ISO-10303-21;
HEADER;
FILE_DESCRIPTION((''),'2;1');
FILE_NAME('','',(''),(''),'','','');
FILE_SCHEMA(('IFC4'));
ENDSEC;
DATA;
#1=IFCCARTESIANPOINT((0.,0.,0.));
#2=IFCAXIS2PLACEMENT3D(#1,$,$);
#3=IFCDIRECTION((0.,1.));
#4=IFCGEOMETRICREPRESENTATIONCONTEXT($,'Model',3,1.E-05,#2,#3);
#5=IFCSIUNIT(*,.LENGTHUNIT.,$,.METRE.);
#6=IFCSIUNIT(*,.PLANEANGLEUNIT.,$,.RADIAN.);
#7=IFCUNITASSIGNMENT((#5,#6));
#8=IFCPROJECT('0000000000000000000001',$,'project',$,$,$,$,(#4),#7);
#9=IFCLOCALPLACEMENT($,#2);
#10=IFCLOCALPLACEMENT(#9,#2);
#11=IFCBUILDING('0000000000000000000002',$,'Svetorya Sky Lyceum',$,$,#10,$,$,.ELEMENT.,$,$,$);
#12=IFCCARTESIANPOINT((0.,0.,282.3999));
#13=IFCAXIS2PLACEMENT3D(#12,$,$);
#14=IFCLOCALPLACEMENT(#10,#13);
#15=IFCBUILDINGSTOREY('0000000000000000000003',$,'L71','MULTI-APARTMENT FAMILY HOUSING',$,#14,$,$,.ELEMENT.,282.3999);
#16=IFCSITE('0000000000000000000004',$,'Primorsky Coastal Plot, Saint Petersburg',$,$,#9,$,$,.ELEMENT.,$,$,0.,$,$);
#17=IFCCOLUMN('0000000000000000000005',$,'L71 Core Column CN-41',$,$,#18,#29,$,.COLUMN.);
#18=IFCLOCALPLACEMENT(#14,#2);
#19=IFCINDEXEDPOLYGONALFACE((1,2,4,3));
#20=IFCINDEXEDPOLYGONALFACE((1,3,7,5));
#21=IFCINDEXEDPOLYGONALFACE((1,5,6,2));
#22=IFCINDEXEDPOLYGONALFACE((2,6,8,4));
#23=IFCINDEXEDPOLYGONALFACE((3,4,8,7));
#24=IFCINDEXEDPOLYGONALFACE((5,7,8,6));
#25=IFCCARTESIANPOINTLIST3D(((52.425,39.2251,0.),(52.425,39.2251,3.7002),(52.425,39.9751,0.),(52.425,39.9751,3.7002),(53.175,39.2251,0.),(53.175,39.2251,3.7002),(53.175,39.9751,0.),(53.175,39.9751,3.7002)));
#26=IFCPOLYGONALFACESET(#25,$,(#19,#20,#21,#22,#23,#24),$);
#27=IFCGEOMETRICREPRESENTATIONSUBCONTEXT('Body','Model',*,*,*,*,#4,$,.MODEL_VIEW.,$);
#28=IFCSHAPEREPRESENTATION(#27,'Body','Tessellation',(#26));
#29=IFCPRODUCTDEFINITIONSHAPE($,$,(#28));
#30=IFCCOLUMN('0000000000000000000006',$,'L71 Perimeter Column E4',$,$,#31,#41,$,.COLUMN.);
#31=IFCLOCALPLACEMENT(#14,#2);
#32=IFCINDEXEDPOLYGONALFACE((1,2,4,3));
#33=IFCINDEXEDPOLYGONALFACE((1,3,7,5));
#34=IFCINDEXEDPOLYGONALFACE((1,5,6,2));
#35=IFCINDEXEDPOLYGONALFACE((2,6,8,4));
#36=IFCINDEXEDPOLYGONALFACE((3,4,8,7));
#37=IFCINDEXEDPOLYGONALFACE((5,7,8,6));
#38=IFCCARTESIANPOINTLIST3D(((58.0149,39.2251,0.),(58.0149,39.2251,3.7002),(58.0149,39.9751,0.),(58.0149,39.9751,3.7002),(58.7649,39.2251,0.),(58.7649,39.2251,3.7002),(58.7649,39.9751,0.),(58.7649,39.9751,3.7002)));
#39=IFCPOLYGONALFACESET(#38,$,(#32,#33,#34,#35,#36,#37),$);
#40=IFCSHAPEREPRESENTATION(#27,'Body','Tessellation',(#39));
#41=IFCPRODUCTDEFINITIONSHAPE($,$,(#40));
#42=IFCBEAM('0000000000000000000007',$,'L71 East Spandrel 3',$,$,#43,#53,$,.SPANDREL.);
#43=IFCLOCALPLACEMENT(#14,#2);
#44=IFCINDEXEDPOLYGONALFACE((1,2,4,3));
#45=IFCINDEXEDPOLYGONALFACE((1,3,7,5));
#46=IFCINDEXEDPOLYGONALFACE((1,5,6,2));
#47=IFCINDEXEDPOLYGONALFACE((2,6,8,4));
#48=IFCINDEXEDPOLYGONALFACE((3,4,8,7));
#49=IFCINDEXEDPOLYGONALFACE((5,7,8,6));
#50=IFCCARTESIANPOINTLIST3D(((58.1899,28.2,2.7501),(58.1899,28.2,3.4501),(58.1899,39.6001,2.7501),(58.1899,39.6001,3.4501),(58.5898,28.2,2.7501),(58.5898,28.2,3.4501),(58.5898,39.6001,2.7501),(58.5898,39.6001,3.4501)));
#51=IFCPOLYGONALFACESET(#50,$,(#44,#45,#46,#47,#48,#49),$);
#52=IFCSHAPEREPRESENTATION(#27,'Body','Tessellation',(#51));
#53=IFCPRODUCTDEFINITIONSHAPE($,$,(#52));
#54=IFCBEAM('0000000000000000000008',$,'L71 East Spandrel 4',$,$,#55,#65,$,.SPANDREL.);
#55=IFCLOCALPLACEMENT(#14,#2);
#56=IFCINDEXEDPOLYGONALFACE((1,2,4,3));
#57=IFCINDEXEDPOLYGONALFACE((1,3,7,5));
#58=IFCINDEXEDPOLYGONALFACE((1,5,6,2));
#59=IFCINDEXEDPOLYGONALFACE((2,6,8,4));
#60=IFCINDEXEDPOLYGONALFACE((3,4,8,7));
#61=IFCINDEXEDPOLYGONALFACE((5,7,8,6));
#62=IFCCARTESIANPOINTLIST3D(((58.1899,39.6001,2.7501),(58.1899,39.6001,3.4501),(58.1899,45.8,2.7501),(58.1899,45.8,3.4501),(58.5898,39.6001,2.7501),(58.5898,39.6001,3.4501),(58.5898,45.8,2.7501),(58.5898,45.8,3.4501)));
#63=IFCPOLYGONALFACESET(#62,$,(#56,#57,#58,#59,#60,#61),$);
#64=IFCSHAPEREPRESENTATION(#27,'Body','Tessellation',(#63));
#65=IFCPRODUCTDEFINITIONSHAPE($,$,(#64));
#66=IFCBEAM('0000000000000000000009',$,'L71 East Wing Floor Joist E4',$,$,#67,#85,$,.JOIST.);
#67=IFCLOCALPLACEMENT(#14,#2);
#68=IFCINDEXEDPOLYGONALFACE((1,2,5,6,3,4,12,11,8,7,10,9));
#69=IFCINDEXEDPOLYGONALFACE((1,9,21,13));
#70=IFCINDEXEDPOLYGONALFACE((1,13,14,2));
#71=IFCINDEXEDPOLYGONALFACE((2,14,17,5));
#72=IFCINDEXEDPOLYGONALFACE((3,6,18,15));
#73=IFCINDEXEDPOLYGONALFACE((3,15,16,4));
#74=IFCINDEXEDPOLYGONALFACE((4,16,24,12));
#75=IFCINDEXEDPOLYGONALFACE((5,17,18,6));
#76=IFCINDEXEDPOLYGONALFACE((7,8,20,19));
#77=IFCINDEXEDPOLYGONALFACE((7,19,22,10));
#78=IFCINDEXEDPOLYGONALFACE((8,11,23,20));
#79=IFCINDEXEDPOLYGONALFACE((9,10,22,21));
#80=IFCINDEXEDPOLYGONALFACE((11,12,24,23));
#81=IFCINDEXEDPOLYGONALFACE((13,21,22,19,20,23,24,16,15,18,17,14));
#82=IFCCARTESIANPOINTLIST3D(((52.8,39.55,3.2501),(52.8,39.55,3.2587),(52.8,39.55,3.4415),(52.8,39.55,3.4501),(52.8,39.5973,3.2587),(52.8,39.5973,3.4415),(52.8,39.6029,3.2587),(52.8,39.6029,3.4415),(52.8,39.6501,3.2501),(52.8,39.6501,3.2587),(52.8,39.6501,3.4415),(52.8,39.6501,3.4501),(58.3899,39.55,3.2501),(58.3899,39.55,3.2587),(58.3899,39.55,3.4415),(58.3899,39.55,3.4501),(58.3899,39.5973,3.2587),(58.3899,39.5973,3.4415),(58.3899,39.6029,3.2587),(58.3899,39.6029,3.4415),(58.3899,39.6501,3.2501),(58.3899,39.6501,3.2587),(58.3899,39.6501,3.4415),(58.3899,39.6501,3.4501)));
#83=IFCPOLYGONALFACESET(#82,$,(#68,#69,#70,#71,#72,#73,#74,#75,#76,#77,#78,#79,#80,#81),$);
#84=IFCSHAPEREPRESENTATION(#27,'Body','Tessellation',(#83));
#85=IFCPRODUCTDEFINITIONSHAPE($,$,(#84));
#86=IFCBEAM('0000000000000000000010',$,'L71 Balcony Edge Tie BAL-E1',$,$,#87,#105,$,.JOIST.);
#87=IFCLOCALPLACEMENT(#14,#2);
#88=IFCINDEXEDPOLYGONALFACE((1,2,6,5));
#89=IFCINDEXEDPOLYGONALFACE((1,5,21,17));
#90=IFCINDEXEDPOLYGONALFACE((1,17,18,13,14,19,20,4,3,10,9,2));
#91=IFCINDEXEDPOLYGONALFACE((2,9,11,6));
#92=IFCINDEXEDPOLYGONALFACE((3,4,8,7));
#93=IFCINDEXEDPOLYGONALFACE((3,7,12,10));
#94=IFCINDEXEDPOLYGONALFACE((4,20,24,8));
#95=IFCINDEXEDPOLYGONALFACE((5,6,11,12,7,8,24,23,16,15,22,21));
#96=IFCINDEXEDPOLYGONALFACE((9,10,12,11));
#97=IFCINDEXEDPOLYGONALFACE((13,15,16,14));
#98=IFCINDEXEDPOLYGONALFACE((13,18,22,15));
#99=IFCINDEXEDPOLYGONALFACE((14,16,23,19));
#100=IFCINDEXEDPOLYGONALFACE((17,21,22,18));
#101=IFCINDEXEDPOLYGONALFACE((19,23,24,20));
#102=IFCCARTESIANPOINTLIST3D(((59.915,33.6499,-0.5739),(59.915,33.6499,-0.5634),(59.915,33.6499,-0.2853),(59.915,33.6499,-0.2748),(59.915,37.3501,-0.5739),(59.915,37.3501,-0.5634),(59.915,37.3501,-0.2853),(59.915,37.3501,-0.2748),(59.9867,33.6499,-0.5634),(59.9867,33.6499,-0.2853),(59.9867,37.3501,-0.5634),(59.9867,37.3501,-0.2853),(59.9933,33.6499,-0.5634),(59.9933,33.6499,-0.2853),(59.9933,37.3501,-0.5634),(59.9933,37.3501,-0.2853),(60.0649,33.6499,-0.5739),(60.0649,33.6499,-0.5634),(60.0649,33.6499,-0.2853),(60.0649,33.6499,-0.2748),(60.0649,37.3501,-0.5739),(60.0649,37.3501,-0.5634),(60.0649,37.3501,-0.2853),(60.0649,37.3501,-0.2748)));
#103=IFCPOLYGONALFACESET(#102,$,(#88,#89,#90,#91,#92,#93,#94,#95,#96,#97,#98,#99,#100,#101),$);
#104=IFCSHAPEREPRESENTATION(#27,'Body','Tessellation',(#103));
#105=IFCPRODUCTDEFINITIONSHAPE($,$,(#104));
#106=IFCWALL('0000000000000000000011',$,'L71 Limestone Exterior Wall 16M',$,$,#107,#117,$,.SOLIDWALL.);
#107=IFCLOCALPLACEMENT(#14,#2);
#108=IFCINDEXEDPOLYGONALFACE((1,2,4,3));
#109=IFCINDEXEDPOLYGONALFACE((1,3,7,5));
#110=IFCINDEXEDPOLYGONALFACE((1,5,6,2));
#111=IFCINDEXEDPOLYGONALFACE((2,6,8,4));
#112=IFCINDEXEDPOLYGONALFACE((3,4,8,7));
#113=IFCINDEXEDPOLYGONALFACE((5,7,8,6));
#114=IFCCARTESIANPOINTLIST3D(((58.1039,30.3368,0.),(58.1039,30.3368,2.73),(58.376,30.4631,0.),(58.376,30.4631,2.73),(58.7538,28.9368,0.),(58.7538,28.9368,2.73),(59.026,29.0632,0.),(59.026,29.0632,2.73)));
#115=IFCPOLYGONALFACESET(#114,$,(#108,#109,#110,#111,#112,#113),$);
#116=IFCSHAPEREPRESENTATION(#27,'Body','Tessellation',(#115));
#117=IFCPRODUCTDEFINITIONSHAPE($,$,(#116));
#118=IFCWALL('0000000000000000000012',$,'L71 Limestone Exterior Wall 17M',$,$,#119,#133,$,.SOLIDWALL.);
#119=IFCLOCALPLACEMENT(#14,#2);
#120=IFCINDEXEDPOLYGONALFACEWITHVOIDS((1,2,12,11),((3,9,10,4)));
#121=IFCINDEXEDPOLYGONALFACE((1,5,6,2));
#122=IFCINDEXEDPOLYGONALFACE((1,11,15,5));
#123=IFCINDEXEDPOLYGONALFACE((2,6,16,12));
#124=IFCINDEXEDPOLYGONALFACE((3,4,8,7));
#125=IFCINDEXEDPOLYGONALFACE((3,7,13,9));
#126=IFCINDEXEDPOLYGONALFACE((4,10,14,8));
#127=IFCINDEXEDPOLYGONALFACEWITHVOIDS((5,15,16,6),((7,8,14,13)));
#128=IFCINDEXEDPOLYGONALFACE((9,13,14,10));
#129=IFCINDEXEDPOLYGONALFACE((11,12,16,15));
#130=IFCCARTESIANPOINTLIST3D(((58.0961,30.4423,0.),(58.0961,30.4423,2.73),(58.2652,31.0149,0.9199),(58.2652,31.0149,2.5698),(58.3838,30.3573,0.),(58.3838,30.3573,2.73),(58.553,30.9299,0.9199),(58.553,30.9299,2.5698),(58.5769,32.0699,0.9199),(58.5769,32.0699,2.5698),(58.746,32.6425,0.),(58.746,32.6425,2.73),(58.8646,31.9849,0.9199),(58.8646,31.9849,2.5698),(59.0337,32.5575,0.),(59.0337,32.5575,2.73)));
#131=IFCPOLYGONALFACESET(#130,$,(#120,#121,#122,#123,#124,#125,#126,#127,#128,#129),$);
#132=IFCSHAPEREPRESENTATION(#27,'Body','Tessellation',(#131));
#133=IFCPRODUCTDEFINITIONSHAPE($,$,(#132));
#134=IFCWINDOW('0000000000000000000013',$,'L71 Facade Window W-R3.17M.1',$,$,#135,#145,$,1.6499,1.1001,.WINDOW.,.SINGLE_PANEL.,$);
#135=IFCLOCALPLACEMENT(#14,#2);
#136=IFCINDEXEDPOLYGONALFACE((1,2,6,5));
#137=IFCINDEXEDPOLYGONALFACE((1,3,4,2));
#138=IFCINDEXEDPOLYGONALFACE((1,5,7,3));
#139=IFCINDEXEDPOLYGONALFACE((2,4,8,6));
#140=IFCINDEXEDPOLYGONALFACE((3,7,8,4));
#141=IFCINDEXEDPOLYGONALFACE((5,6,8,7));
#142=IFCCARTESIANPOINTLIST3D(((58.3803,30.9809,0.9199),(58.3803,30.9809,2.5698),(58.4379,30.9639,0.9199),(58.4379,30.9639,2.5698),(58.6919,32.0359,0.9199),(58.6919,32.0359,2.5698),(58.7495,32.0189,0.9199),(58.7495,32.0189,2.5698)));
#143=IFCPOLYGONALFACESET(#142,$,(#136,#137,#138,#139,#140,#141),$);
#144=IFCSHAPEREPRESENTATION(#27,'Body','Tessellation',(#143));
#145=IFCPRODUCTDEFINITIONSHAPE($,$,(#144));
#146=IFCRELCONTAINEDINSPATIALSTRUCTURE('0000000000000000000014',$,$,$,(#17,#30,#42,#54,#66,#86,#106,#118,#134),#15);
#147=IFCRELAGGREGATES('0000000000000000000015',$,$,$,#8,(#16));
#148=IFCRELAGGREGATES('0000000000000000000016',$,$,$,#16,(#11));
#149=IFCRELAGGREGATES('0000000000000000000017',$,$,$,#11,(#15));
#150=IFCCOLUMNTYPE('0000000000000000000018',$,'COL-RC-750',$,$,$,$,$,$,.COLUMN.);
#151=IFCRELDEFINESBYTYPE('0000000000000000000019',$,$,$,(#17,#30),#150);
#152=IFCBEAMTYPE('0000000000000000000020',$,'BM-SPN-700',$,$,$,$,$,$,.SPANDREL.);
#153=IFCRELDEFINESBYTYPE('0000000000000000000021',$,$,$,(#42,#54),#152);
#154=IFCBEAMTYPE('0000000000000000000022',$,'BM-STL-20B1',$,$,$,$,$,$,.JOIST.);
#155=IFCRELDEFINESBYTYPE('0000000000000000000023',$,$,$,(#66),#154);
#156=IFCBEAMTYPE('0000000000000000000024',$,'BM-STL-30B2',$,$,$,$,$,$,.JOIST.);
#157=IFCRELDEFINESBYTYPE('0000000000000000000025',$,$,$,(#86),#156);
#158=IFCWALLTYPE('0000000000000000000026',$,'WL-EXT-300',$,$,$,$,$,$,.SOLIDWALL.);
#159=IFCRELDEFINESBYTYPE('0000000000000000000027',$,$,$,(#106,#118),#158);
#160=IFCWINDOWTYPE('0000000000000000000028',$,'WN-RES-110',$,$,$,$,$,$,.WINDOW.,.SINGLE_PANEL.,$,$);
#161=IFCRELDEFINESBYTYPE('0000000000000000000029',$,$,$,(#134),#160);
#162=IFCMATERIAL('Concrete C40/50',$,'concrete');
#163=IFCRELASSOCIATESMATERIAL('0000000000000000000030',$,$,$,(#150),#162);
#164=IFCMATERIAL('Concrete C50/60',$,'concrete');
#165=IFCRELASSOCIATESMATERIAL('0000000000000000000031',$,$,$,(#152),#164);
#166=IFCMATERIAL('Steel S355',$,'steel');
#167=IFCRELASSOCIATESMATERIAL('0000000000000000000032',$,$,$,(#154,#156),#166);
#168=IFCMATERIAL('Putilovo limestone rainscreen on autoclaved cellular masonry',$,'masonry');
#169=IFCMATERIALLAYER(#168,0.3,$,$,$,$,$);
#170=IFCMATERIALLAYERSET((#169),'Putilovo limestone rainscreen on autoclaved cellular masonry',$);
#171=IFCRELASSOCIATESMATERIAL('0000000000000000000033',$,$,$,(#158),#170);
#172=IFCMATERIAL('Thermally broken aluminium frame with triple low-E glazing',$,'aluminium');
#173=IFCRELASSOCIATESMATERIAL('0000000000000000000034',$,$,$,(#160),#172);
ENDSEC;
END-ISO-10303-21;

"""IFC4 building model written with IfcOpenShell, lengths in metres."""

from ifc_helpers import new_model, si_unit, direction, frame, frame_2d, origin, origin_2d, place, context, subcontext, project, spatial, rectangle, i_section, extrude, material, layer, layer_set, material_profile, profile_set, type_object, element, fill, save


model = new_model("IFC4")

# Units and contexts
model_context = context("Model", 3, precision=1e-05, world=origin(), true_north=direction((0.0, 1.0)))
body_context = subcontext(model_context, "Body", "Model", "MODEL_VIEW")
ifc_project = project(units=[si_unit("LENGTHUNIT", "METRE"), si_unit("PLANEANGLEUNIT", "RADIAN")], contexts=[model_context])

# Site, building, storey
site_placement = place(None, origin())
site = spatial("IfcSite", under=ifc_project, at=site_placement, Name="Primorsky Coastal Plot, Saint Petersburg", CompositionType="ELEMENT", RefElevation=0.0)
building_placement = place(site_placement, origin())
building = spatial("IfcBuilding", under=site, at=building_placement, Name="Svetorya Sky Lyceum", CompositionType="ELEMENT")
storey_placement = place(building_placement, frame((0.0, 0.0, 282.3999)))
storey = spatial("IfcBuildingStorey", under=building, at=storey_placement, Name="L71", Description="MULTI-APARTMENT FAMILY HOUSING", CompositionType="ELEMENT", Elevation=282.3999)

# Columns
ifc_material_1 = material(Name="Concrete C40/50", Category="concrete")
ifc_material_profile_1 = material_profile(ifc_material_1, rectangle(XDim=0.75, YDim=0.75, at=origin_2d()), Name="RC COL 750x750")
ifc_profile_set_1 = profile_set([ifc_material_profile_1], Name="Concrete C40/50")
column_type = type_object("IfcColumnType", Name="COL-RC-750", PredefinedType="COLUMN", material=ifc_profile_set_1)
for number, where, z_axis, x_axis, name in (
    (1, (52.8, 39.6001, 0.0), (0.0, 0.0, 1.0), (1.0, 0.0, 0.0), "L71 Core Column CN-41"),
    (2, (58.3899, 39.6001, 0.0), (0.0, 0.0, 1.0), (1.0, 0.0, 0.0), "L71 Perimeter Column E4"),
):
    element("IfcColumn", number, at=place(storey_placement, frame(where, z_axis=z_axis, x_axis=x_axis)), inside=storey, type_object=column_type, Name=name, PredefinedType="COLUMN", context=body_context, shape_type="SweptSolid", body=[
        extrude(rectangle(XDim=0.75, YDim=0.75, at=origin_2d()), origin(), (0.0, 0.0, 1.0), 3.7002),
    ])

# Beams
ifc_material_2 = material(Name="Concrete C50/60", Category="concrete")
ifc_material_profile_2 = material_profile(ifc_material_2, rectangle(XDim=0.3999, YDim=0.7, at=origin_2d()), Name="RC SPANDREL 400x700")
ifc_profile_set_2 = profile_set([ifc_material_profile_2], Name="Concrete C50/60")
beam_type_1 = type_object("IfcBeamType", Name="BM-SPN-700", PredefinedType="SPANDREL", material=ifc_profile_set_2)
beam_1_placement = place(storey_placement, frame((58.3899, 28.2, 3.1001), z_axis=(0.0, 1.0, 0.0), x_axis=(-1.0, 0.0, 0.0)))
element("IfcBeam", 3, at=beam_1_placement, inside=storey, type_object=beam_type_1, Name="L71 East Spandrel 3", PredefinedType="SPANDREL", context=body_context, shape_type="SweptSolid", body=[
    extrude(rectangle(XDim=0.3999, YDim=0.7, at=origin_2d()), origin(), (0.0, 0.0, 1.0), 11.4001),
])
beam_2_placement = place(storey_placement, frame((58.3899, 39.6001, 3.1001), z_axis=(0.0, 1.0, 0.0), x_axis=(-1.0, 0.0, 0.0)))
element("IfcBeam", 4, at=beam_2_placement, inside=storey, type_object=beam_type_1, Name="L71 East Spandrel 4", PredefinedType="SPANDREL", context=body_context, shape_type="SweptSolid", body=[
    extrude(rectangle(XDim=0.3999, YDim=0.7, at=origin_2d()), origin(), (0.0, 0.0, 1.0), 6.2),
])
ifc_material_3 = material(Name="Steel S355", Category="steel")
ifc_material_profile_3 = material_profile(ifc_material_3, i_section(OverallWidth=0.1001, OverallDepth=0.2, WebThickness=0.0056, FlangeThickness=0.0085, at=origin_2d()), Name="GOST 20B1")
ifc_profile_set_3 = profile_set([ifc_material_profile_3], Name="Steel S355")
beam_type_2 = type_object("IfcBeamType", Name="BM-STL-20B1", PredefinedType="JOIST", material=ifc_profile_set_3)
beam_3_placement = place(storey_placement, frame((52.8, 39.6001, 3.3501), z_axis=(1.0, 0.0, 0.0), x_axis=(0.0, 1.0, 0.0)))
element("IfcBeam", 5, at=beam_3_placement, inside=storey, type_object=beam_type_2, Name="L71 East Wing Floor Joist E4", PredefinedType="JOIST", context=body_context, shape_type="SweptSolid", body=[
    extrude(i_section(OverallWidth=0.1001, OverallDepth=0.2, WebThickness=0.0056, FlangeThickness=0.0085, at=origin_2d()), origin(), (0.0, 0.0, 1.0), 5.5898),
])
ifc_material_profile_4 = material_profile(ifc_material_3, i_section(OverallWidth=0.1499, OverallDepth=0.2991, WebThickness=0.0066, FlangeThickness=0.0105, at=origin_2d()), Name="GOST 30B2")
ifc_profile_set_4 = profile_set([ifc_material_profile_4], Name="Steel S355")
beam_type_3 = type_object("IfcBeamType", Name="BM-STL-30B2", PredefinedType="JOIST", material=ifc_profile_set_4)
beam_4_placement = place(storey_placement, frame((59.99, 33.6499, -0.4243), z_axis=(0.0, 1.0, 0.0), x_axis=(-1.0, 0.0, 0.0)))
element("IfcBeam", 6, at=beam_4_placement, inside=storey, type_object=beam_type_3, Name="L71 Balcony Edge Tie BAL-E1", PredefinedType="JOIST", context=body_context, shape_type="SweptSolid", body=[
    extrude(i_section(OverallWidth=0.1499, OverallDepth=0.2991, WebThickness=0.0066, FlangeThickness=0.0105, at=origin_2d()), origin(), (0.0, 0.0, 1.0), 3.7002),
])

# Wall
ifc_material_4 = material(Name="Putilovo limestone rainscreen on autoclaved cellular masonry", Category="masonry")
ifc_layer_1 = layer(ifc_material_4, 0.3)
ifc_layer_set_1 = layer_set([ifc_layer_1], Name="Putilovo limestone rainscreen on autoclaved cellular masonry")
wall_type_1 = type_object("IfcWallType", Name="WL-EXT-300", PredefinedType="SOLIDWALL", material=ifc_layer_set_1)
wall_1_placement = place(storey_placement, frame((58.8899, 29.0, 0.0), z_axis=(0.0, 0.0, 1.0), x_axis=(-0.421083, 0.907022, 0.0)))
element("IfcWall", 7, at=wall_1_placement, inside=storey, type_object=wall_type_1, Name="L71 Limestone Exterior Wall 16M", PredefinedType="SOLIDWALL", context=body_context, shape_type="SweptSolid", body=[
    extrude(rectangle(XDim=1.5435, YDim=0.3, at=frame_2d((0.7717, 0.0))), origin(), (0.0, 0.0, 1.0), 2.73),
])

# Wall, opening, window
wall_2_placement = place(storey_placement, frame((58.24, 30.3999, 0.0), z_axis=(0.0, 0.0, 1.0), x_axis=(0.283284, 0.959036, 0.0)))
wall_2 = element("IfcWall", 8, at=wall_2_placement, inside=storey, type_object=wall_type_1, Name="L71 Limestone Exterior Wall 17M", PredefinedType="SOLIDWALL", context=body_context, shape_type="SweptSolid", body=[
    extrude(rectangle(XDim=2.2942, YDim=0.3, at=frame_2d((1.147, 0.0))), origin(), (0.0, 0.0, 1.0), 2.73),
])
opening_1_placement = place(wall_2_placement, frame((0.5969, 0.0, 0.9199)))
opening_1 = element("IfcOpeningElement", 9, at=opening_1_placement, cuts=wall_2, PredefinedType="OPENING", context=body_context, shape_type="SweptSolid", body=[
    extrude(rectangle(XDim=1.1001, YDim=1.6499, at=frame_2d((0.55, 0.825))), frame((0.0, 0.1599, 0.0), z_axis=(0.0, -1.0, 0.0), x_axis=(1.0, 0.0, 0.0)), (0.0, 0.0, 1.0), 0.3201),
])
ifc_material_5 = material(Name="Thermally broken aluminium frame with triple low-E glazing", Category="aluminium")
window_type = type_object("IfcWindowType", Name="WN-RES-110", PartitioningType="SINGLE_PANEL", PredefinedType="WINDOW", material=ifc_material_5)
window_1_placement = place(opening_1_placement, origin())
window_1 = element("IfcWindow", 10, at=window_1_placement, inside=storey, type_object=window_type, Name="L71 Facade Window W-R3.17M.1", OverallHeight=1.6499, OverallWidth=1.1001, PartitioningType="SINGLE_PANEL", PredefinedType="WINDOW", context=body_context, shape_type="SweptSolid", body=[
    extrude(rectangle(XDim=1.1001, YDim=1.6499, at=frame_2d((0.55, 0.825))), frame((0.0, 0.03, 0.0), z_axis=(0.0, -1.0, 0.0), x_axis=(1.0, 0.0, 0.0)), (0.0, 0.0, 1.0), 0.0601),
])
fill(opening_1, window_1)

save(model, "model.ifc")
